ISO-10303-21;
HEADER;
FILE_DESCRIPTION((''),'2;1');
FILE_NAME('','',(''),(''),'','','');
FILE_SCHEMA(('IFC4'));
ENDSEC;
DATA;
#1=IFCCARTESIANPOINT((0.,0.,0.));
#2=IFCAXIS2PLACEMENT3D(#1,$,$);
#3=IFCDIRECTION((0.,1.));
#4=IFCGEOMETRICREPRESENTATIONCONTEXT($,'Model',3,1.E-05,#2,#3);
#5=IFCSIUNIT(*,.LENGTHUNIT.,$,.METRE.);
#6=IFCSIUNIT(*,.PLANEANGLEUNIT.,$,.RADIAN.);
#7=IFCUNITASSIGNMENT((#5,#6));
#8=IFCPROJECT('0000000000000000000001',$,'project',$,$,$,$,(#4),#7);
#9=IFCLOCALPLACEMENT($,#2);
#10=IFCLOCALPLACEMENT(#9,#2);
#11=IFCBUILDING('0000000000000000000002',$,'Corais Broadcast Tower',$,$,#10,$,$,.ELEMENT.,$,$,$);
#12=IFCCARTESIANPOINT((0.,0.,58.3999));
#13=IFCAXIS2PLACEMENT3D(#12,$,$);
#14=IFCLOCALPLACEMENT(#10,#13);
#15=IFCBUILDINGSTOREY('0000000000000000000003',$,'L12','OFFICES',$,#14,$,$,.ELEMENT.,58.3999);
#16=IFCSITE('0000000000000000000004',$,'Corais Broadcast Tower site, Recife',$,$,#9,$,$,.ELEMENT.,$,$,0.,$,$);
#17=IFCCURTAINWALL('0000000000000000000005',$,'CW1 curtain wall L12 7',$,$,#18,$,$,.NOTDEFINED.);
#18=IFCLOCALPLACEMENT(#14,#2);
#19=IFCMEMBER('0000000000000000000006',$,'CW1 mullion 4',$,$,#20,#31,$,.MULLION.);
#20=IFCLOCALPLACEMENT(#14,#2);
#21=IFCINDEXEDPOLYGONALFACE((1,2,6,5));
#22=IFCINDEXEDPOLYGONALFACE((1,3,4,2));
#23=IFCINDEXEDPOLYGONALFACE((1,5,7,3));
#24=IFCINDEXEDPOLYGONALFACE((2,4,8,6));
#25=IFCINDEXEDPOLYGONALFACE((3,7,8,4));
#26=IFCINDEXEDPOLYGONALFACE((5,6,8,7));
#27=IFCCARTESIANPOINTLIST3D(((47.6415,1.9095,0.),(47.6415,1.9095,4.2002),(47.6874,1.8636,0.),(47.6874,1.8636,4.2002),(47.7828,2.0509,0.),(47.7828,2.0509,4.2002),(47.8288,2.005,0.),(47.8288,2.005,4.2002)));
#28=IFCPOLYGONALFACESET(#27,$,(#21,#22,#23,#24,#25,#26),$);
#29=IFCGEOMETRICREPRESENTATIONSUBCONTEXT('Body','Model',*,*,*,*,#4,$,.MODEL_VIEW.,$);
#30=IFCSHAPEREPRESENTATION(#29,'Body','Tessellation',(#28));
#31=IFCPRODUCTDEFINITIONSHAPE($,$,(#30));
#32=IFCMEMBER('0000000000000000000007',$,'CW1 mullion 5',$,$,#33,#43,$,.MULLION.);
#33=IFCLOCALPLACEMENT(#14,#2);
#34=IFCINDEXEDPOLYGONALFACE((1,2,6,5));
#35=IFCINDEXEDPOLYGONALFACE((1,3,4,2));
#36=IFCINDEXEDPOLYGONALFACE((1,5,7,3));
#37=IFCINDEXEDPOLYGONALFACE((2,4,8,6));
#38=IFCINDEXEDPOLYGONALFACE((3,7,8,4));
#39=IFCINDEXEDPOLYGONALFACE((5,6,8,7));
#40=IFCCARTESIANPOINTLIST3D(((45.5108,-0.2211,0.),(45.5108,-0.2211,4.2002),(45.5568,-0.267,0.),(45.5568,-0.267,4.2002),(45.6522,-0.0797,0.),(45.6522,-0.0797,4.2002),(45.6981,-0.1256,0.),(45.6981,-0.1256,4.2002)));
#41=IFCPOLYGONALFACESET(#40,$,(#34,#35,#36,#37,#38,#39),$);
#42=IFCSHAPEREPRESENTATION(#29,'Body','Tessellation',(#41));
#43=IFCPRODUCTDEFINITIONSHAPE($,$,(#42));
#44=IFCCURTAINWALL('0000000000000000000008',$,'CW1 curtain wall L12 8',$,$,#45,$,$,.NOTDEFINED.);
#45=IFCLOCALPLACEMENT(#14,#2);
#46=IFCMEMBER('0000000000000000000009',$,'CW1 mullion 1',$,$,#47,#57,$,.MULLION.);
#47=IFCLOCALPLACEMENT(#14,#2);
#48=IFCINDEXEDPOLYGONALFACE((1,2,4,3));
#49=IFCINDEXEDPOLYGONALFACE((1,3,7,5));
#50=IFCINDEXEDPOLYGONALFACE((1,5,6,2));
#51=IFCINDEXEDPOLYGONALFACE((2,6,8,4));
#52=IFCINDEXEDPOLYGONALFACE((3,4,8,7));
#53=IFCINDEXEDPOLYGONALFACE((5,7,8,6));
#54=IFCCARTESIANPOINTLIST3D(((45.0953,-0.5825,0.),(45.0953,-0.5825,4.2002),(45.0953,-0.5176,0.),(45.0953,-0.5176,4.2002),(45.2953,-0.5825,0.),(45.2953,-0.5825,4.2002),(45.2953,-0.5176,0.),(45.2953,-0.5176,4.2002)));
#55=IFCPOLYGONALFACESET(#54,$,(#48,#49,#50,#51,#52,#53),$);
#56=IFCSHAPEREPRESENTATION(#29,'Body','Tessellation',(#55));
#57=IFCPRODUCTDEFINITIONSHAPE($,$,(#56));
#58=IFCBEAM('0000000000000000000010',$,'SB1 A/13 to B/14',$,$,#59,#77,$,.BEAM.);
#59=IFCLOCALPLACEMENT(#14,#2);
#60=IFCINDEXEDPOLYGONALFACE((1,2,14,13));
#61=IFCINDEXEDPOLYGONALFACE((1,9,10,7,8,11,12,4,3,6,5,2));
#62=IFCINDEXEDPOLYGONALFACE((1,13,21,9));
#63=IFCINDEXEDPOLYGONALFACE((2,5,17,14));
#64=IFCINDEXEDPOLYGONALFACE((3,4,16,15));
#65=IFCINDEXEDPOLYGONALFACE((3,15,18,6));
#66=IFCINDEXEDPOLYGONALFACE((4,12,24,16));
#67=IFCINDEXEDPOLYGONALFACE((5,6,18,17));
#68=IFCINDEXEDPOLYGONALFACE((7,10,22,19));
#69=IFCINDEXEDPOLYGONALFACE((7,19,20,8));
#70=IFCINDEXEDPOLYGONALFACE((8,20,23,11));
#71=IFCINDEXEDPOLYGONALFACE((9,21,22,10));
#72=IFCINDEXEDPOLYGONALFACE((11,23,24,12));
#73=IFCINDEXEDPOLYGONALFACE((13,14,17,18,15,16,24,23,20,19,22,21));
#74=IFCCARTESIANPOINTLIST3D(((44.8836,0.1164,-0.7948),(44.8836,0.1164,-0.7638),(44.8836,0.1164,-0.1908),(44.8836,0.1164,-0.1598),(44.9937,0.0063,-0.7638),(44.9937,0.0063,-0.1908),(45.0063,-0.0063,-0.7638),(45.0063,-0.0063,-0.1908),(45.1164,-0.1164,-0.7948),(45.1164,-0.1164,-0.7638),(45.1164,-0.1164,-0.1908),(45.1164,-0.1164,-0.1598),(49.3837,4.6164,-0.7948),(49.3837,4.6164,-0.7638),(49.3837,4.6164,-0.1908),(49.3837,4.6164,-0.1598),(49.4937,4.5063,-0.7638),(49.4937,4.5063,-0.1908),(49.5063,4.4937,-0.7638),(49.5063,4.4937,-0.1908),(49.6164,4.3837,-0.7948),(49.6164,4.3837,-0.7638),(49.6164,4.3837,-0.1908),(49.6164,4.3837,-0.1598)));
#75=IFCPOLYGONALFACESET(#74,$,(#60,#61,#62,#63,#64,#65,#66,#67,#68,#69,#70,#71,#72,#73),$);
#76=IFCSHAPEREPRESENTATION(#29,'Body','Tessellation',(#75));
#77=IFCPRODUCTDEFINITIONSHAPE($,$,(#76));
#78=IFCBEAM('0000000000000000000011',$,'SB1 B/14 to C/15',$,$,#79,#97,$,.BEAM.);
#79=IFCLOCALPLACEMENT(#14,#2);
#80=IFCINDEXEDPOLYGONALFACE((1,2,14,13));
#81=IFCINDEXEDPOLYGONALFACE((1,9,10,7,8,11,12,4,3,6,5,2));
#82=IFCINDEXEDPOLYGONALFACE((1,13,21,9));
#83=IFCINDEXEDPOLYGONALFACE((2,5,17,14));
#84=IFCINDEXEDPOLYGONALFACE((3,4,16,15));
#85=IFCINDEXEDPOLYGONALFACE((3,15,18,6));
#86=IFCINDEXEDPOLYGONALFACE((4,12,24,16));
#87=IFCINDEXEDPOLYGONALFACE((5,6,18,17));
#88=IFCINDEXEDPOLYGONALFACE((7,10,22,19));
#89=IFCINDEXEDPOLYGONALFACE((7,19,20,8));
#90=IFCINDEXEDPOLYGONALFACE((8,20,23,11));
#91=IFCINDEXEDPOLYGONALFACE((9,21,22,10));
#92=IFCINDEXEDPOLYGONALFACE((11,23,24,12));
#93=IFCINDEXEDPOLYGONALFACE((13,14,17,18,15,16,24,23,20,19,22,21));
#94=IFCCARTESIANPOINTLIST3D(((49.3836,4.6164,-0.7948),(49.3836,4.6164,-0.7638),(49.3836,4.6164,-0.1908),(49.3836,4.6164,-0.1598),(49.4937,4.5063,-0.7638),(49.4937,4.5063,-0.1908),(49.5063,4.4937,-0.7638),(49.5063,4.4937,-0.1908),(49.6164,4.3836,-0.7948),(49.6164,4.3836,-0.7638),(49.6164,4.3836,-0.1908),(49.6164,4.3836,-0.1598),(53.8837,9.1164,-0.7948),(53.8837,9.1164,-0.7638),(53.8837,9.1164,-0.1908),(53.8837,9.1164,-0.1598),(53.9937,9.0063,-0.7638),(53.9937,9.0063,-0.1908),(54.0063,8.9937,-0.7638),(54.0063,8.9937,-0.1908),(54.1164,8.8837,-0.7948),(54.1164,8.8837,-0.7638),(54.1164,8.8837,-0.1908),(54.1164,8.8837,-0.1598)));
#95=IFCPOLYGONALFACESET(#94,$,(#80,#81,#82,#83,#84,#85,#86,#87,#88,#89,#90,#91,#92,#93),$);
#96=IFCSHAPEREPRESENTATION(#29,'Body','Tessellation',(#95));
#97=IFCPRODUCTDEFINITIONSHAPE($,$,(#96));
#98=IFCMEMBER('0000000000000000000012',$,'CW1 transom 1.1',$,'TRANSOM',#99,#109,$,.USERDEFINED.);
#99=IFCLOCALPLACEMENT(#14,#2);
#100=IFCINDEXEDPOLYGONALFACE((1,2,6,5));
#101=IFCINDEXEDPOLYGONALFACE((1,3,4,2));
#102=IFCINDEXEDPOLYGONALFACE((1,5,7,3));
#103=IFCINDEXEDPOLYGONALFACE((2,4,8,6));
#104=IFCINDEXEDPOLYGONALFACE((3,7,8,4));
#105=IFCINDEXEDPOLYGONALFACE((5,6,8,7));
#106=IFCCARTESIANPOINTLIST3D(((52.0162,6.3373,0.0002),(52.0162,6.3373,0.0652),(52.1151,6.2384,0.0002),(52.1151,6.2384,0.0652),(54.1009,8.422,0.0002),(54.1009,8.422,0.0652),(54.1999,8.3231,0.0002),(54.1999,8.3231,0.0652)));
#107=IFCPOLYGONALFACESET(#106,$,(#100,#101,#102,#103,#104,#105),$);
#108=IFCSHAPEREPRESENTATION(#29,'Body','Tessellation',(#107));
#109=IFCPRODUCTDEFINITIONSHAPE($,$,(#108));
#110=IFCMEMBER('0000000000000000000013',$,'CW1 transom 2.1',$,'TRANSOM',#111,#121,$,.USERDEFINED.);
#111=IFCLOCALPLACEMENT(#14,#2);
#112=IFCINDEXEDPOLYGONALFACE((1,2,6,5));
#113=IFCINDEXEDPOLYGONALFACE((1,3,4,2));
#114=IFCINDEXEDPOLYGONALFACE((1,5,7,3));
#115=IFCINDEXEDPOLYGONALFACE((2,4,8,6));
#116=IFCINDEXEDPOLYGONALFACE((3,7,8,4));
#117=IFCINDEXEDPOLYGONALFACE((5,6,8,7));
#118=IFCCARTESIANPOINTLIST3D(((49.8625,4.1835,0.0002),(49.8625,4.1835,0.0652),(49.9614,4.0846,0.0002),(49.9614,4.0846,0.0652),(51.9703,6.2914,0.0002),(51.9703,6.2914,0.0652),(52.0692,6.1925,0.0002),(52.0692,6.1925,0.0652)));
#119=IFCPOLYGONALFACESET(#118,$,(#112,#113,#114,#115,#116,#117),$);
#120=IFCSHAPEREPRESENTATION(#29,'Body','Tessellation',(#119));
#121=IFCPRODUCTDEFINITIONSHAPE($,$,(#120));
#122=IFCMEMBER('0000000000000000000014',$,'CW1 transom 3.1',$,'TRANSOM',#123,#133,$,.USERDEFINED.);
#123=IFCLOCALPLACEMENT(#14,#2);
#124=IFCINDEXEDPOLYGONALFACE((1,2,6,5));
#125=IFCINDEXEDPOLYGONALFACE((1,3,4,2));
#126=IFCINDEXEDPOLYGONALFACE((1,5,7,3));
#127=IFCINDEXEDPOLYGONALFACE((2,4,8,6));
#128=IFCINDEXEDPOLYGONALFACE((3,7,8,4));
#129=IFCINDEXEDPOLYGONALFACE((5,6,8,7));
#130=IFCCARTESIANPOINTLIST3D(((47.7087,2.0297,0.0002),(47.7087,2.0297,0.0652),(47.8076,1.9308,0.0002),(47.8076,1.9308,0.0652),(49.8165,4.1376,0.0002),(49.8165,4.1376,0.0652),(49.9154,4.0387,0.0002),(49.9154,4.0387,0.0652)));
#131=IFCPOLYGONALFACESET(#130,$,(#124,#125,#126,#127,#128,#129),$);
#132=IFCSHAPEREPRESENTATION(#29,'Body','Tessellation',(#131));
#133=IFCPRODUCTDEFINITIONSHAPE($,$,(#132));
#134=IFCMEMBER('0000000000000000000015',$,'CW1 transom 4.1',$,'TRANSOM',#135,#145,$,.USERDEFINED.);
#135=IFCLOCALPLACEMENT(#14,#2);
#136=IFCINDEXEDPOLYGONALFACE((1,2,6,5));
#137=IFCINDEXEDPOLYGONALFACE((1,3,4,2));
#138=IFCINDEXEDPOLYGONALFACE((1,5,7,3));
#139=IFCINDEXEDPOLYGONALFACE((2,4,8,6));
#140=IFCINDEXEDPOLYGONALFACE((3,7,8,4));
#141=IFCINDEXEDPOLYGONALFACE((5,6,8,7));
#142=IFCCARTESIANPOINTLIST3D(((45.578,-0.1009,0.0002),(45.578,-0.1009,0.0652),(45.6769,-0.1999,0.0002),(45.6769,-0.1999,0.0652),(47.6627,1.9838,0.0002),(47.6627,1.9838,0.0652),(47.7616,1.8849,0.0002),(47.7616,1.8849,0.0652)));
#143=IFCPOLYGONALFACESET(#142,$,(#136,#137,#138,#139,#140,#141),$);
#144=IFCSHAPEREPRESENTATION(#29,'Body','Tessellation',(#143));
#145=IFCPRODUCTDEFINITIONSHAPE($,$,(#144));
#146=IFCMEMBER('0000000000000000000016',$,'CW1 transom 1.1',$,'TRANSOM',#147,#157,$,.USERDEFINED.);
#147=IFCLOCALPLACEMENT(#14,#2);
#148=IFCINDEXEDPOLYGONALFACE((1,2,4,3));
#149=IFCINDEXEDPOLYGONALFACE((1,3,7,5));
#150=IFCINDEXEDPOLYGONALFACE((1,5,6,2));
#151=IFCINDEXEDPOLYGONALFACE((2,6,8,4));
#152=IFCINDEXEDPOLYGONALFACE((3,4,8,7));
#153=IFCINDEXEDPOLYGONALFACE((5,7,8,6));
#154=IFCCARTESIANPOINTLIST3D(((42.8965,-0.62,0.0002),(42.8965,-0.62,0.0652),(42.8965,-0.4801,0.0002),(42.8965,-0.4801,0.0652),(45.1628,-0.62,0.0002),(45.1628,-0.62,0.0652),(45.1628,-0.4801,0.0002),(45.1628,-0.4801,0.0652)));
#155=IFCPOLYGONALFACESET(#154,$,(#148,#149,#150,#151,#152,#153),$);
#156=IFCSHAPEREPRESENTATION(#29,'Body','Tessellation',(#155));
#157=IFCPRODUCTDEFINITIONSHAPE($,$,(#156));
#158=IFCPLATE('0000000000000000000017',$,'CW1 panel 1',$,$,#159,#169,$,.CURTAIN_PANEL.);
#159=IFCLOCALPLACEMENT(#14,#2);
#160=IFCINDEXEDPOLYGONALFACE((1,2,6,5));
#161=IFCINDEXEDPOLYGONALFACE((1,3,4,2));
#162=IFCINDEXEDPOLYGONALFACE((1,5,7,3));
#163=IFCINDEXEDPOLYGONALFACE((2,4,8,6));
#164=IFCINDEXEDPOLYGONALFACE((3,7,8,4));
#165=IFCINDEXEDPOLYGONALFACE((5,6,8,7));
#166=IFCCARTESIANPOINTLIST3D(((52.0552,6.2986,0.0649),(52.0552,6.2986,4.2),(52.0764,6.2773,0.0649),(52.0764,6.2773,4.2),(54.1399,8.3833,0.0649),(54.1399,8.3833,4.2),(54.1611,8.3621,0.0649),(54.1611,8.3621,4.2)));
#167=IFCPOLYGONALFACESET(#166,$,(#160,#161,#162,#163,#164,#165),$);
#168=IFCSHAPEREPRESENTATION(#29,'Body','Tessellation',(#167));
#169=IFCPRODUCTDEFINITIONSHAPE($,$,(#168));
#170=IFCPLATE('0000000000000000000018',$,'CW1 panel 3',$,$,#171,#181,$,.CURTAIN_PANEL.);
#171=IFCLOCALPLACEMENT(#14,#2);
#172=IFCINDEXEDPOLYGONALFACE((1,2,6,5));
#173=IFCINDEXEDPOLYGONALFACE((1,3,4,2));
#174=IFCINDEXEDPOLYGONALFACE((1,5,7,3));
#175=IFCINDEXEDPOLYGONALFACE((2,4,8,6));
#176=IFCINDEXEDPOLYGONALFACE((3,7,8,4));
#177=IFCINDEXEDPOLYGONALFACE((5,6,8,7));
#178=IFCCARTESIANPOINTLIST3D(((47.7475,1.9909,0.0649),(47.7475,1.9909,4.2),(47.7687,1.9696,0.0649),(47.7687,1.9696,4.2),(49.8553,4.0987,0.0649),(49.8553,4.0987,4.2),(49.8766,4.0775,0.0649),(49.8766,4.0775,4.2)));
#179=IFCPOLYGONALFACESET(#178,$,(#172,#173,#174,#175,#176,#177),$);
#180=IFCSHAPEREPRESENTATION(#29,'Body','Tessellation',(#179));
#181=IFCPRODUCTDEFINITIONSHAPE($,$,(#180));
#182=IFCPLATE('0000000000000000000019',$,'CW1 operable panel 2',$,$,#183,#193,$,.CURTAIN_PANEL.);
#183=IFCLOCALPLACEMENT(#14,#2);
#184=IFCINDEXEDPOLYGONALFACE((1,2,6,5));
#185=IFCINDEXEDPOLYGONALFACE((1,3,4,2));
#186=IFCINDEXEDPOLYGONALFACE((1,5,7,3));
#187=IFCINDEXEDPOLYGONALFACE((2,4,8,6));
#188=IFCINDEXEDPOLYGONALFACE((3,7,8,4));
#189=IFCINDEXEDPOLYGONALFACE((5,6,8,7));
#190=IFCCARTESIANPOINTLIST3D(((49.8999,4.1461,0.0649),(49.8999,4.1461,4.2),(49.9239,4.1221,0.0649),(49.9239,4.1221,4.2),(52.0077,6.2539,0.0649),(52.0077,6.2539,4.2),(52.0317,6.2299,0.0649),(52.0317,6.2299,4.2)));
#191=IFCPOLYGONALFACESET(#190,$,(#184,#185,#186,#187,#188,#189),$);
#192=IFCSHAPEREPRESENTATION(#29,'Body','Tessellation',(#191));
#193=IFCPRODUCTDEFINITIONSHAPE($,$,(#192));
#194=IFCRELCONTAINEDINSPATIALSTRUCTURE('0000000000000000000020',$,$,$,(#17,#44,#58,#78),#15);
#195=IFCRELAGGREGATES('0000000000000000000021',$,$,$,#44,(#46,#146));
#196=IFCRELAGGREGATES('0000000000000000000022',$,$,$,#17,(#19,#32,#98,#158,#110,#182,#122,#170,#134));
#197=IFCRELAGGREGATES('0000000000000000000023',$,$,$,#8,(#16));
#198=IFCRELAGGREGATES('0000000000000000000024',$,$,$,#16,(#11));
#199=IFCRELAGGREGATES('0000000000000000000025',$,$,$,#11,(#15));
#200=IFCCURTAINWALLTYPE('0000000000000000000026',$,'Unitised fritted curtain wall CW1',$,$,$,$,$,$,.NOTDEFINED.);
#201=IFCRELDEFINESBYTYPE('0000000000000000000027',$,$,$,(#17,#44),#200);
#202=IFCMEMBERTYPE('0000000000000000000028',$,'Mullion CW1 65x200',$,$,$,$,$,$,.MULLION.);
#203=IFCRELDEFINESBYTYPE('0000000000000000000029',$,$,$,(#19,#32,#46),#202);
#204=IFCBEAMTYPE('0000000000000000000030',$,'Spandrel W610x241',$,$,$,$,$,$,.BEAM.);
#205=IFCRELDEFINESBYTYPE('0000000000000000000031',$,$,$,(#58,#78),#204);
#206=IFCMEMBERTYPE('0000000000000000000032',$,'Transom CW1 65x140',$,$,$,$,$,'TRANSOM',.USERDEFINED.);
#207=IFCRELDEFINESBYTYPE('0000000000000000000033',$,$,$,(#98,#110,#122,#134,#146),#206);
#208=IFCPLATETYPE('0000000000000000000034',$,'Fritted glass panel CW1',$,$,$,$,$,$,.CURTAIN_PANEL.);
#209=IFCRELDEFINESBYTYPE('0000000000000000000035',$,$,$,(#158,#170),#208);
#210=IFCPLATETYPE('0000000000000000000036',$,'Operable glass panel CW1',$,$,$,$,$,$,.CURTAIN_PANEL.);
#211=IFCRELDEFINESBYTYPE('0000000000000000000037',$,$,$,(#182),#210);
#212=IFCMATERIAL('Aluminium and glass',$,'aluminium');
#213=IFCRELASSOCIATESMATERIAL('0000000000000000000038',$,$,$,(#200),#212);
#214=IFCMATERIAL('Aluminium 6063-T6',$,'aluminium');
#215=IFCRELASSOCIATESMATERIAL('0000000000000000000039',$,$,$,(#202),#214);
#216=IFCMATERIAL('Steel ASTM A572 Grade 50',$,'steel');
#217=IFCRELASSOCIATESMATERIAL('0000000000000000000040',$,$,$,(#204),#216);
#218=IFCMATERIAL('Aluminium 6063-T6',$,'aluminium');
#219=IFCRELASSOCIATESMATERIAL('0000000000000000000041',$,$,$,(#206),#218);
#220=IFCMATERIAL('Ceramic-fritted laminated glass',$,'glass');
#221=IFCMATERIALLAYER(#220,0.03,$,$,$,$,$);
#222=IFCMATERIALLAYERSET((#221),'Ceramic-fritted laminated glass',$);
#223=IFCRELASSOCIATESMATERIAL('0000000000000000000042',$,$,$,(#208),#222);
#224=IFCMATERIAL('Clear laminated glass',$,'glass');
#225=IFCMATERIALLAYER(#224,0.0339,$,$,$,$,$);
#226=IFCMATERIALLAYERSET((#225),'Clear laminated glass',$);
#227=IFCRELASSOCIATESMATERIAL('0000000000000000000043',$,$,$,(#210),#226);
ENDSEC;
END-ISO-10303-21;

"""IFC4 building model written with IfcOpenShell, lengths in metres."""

from ifc_helpers import new_model, si_unit, direction, frame, origin, origin_2d, place, context, subcontext, project, spatial, rectangle, i_section, extrude, material, layer, layer_set, material_profile, profile_set, type_object, element, aggregate, save


model = new_model("IFC4")

# Units and contexts
model_context = context("Model", 3, precision=1e-05, world=origin(), true_north=direction((0.0, 1.0)))
body_context = subcontext(model_context, "Body", "Model", "MODEL_VIEW")
ifc_project = project(units=[si_unit("LENGTHUNIT", "METRE"), si_unit("PLANEANGLEUNIT", "RADIAN")], contexts=[model_context])

# Site, building, storey
site_placement = place(None, origin())
site = spatial("IfcSite", under=ifc_project, at=site_placement, Name="Corais Broadcast Tower site, Recife", CompositionType="ELEMENT", RefElevation=0.0)
building_placement = place(site_placement, origin())
building = spatial("IfcBuilding", under=site, at=building_placement, Name="Corais Broadcast Tower", CompositionType="ELEMENT")
storey_placement = place(building_placement, frame((0.0, 0.0, 58.3999)))
storey = spatial("IfcBuildingStorey", under=building, at=storey_placement, Name="L12", Description="OFFICES", CompositionType="ELEMENT", Elevation=58.3999)

# Shared definitions
ifc_material_1 = material(Name="Aluminium and glass", Category="aluminium")
curtain_wall_type = type_object("IfcCurtainWallType", Name="Unitised fritted curtain wall CW1", PredefinedType="NOTDEFINED", material=ifc_material_1)
ifc_material_2 = material(Name="Aluminium 6063-T6", Category="aluminium")
ifc_material_profile_1 = material_profile(ifc_material_2, rectangle(XDim=0.0649, YDim=0.2, at=origin_2d()), Name="Mullion CW1 65x200")
ifc_profile_set_1 = profile_set([ifc_material_profile_1], Name="Aluminium 6063-T6")
member_type_1 = type_object("IfcMemberType", Name="Mullion CW1 65x200", PredefinedType="MULLION", material=ifc_profile_set_1)

# Curtain wall, members
curtain_wall_1_placement = place(storey_placement, origin())
curtain_wall_1 = element("IfcCurtainWall", 1, at=curtain_wall_1_placement, inside=storey, type_object=curtain_wall_type, Name="CW1 curtain wall L12 7", PredefinedType="NOTDEFINED")
member_1_placement = place(storey_placement, frame((47.7351, 1.9573, 0.0), z_axis=(0.0, 0.0, 1.0), x_axis=(0.707107, -0.707107, 0.0)))
member_1 = element("IfcMember", 2, at=member_1_placement, type_object=member_type_1, Name="CW1 mullion 4", PredefinedType="MULLION", context=body_context, shape_type="SweptSolid", body=[
    extrude(rectangle(XDim=0.0649, YDim=0.2, at=origin_2d()), origin(), (0.0, 0.0, 1.0), 4.2002),
])
member_2_placement = place(storey_placement, frame((45.6045, -0.1733, 0.0), z_axis=(0.0, 0.0, 1.0), x_axis=(0.707107, -0.707107, 0.0)))
member_2 = element("IfcMember", 3, at=member_2_placement, type_object=member_type_1, Name="CW1 mullion 5", PredefinedType="MULLION", context=body_context, shape_type="SweptSolid", body=[
    extrude(rectangle(XDim=0.0649, YDim=0.2, at=origin_2d()), origin(), (0.0, 0.0, 1.0), 4.2002),
])

# Curtain wall, member
curtain_wall_2_placement = place(storey_placement, origin())
curtain_wall_2 = element("IfcCurtainWall", 4, at=curtain_wall_2_placement, inside=storey, type_object=curtain_wall_type, Name="CW1 curtain wall L12 8", PredefinedType="NOTDEFINED")
member_3_placement = place(storey_placement, frame((45.1953, -0.55, 0.0), z_axis=(0.0, 0.0, 1.0), x_axis=(0.0, -1.0, 0.0)))
member_3 = element("IfcMember", 5, at=member_3_placement, type_object=member_type_1, Name="CW1 mullion 1", PredefinedType="MULLION", context=body_context, shape_type="SweptSolid", body=[
    extrude(rectangle(XDim=0.0649, YDim=0.2, at=origin_2d()), origin(), (0.0, 0.0, 1.0), 4.2002),
])

# Beams
ifc_material_3 = material(Name="Steel ASTM A572 Grade 50", Category="steel")
ifc_material_profile_2 = material_profile(ifc_material_3, i_section(OverallWidth=0.3291, OverallDepth=0.635, WebThickness=0.0178, FlangeThickness=0.031, at=origin_2d()), Name="W610x241")
ifc_profile_set_2 = profile_set([ifc_material_profile_2], Name="Steel ASTM A572 Grade 50")
beam_type_1 = type_object("IfcBeamType", Name="Spandrel W610x241", PredefinedType="BEAM", material=ifc_profile_set_2)
for number, where, z_axis, x_axis, name in (
    (6, (45.0, 0.0, -0.4773), (0.707107, 0.707107, 0.0), (-0.707107, 0.707107, 0.0), "SB1 A/13 to B/14"),
    (7, (49.5, 4.5, -0.4773), (0.707107, 0.707107, 0.0), (-0.707107, 0.707107, 0.0), "SB1 B/14 to C/15"),
):
    element("IfcBeam", number, at=place(storey_placement, frame(where, z_axis=z_axis, x_axis=x_axis)), inside=storey, type_object=beam_type_1, Name=name, PredefinedType="BEAM", context=body_context, shape_type="SweptSolid", body=[
        extrude(i_section(OverallWidth=0.3291, OverallDepth=0.635, WebThickness=0.0178, FlangeThickness=0.031, at=origin_2d()), origin(), (0.0, 0.0, 1.0), 6.364),
    ])

# Members
ifc_material_4 = material(Name="Aluminium 6063-T6", Category="aluminium")
ifc_material_profile_3 = material_profile(ifc_material_4, rectangle(XDim=0.1399, YDim=0.0649, at=origin_2d()), Name="Transom CW1 65x140")
ifc_profile_set_3 = profile_set([ifc_material_profile_3], Name="Aluminium 6063-T6")
member_type_2 = type_object("IfcMemberType", Name="Transom CW1 65x140", ElementType="TRANSOM", PredefinedType="USERDEFINED", material=ifc_profile_set_3)
member_4_placement = place(storey_placement, frame((54.1504, 8.3726, 0.0327), z_axis=(-0.707107, -0.707107, 0.0), x_axis=(0.707107, -0.707107, 0.0)))
member_4 = element("IfcMember", 8, at=member_4_placement, type_object=member_type_2, Name="CW1 transom 1.1", ObjectType="TRANSOM", PredefinedType="USERDEFINED", context=body_context, shape_type="SweptSolid", body=[
    extrude(rectangle(XDim=0.1399, YDim=0.0649, at=origin_2d()), origin(), (0.0, 0.0, 1.0), 2.9482),
])
member_5_placement = place(storey_placement, frame((52.0198, 6.2419, 0.0327), z_axis=(-0.707107, -0.707107, 0.0), x_axis=(0.707107, -0.707107, 0.0)))
member_5 = element("IfcMember", 9, at=member_5_placement, type_object=member_type_2, Name="CW1 transom 2.1", ObjectType="TRANSOM", PredefinedType="USERDEFINED", context=body_context, shape_type="SweptSolid", body=[
    extrude(rectangle(XDim=0.1399, YDim=0.0649, at=origin_2d()), origin(), (0.0, 0.0, 1.0), 2.981),
])
member_6_placement = place(storey_placement, frame((49.866, 4.0881, 0.0327), z_axis=(-0.707107, -0.707107, 0.0), x_axis=(0.707107, -0.707107, 0.0)))
member_6 = element("IfcMember", 10, at=member_6_placement, type_object=member_type_2, Name="CW1 transom 3.1", ObjectType="TRANSOM", PredefinedType="USERDEFINED", context=body_context, shape_type="SweptSolid", body=[
    extrude(rectangle(XDim=0.1399, YDim=0.0649, at=origin_2d()), origin(), (0.0, 0.0, 1.0), 2.981),
])
member_7_placement = place(storey_placement, frame((47.7122, 1.9343, 0.0327), z_axis=(-0.707107, -0.707107, 0.0), x_axis=(0.707107, -0.707107, 0.0)))
member_7 = element("IfcMember", 11, at=member_7_placement, type_object=member_type_2, Name="CW1 transom 4.1", ObjectType="TRANSOM", PredefinedType="USERDEFINED", context=body_context, shape_type="SweptSolid", body=[
    extrude(rectangle(XDim=0.1399, YDim=0.0649, at=origin_2d()), origin(), (0.0, 0.0, 1.0), 2.9482),
])
member_8_placement = place(storey_placement, frame((45.1628, -0.55, 0.0327), z_axis=(-1.0, 0.0, 0.0), x_axis=(0.0, -1.0, 0.0)))
member_8 = element("IfcMember", 12, at=member_8_placement, type_object=member_type_2, Name="CW1 transom 1.1", ObjectType="TRANSOM", PredefinedType="USERDEFINED", context=body_context, shape_type="SweptSolid", body=[
    extrude(rectangle(XDim=0.1399, YDim=0.0649, at=origin_2d()), origin(), (0.0, 0.0, 1.0), 2.2664),
])
aggregate(curtain_wall_2, [member_3, member_8])

# Plates
ifc_material_5 = material(Name="Ceramic-fritted laminated glass", Category="glass")
ifc_layer_1 = layer(ifc_material_5, 0.03)
ifc_layer_set_1 = layer_set([ifc_layer_1], Name="Ceramic-fritted laminated glass")
plate_type_1 = type_object("IfcPlateType", Name="Fritted glass panel CW1", PredefinedType="CURTAIN_PANEL", material=ifc_layer_set_1)
plate_1_placement = place(storey_placement, frame((53.1082, 7.3303, 0.0649), z_axis=(0.0, 0.0, 1.0), x_axis=(-0.707107, -0.707107, 0.0)))
plate_1 = element("IfcPlate", 13, at=plate_1_placement, type_object=plate_type_1, Name="CW1 panel 1", PredefinedType="CURTAIN_PANEL", context=body_context, shape_type="SweptSolid", body=[
    extrude(rectangle(XDim=2.9482, YDim=0.03, at=origin_2d()), origin(), (0.0, 0.0, 1.0), 4.135),
])
plate_2_placement = place(storey_placement, frame((48.812, 3.0342, 0.0649), z_axis=(0.0, 0.0, 1.0), x_axis=(-0.707107, -0.707107, 0.0)))
plate_2 = element("IfcPlate", 14, at=plate_2_placement, type_object=plate_type_1, Name="CW1 panel 3", PredefinedType="CURTAIN_PANEL", context=body_context, shape_type="SweptSolid", body=[
    extrude(rectangle(XDim=2.981, YDim=0.03, at=origin_2d()), origin(), (0.0, 0.0, 1.0), 4.135),
])
ifc_material_6 = material(Name="Clear laminated glass", Category="glass")
ifc_layer_2 = layer(ifc_material_6, 0.0339)
ifc_layer_set_2 = layer_set([ifc_layer_2], Name="Clear laminated glass")
plate_type_2 = type_object("IfcPlateType", Name="Operable glass panel CW1", PredefinedType="CURTAIN_PANEL", material=ifc_layer_set_2)
plate_3_placement = place(storey_placement, frame((50.9658, 5.188, 0.0649), z_axis=(0.0, 0.0, 1.0), x_axis=(-0.707107, -0.707107, 0.0)))
plate_3 = element("IfcPlate", 15, at=plate_3_placement, type_object=plate_type_2, Name="CW1 operable panel 2", PredefinedType="CURTAIN_PANEL", context=body_context, shape_type="SweptSolid", body=[
    extrude(rectangle(XDim=2.981, YDim=0.0339, at=origin_2d()), origin(), (0.0, 0.0, 1.0), 4.135),
])
aggregate(curtain_wall_1, [member_1, member_2, member_4, plate_1, member_5, plate_3, member_6, plate_2, member_7])

save(model, "model.ifc")
